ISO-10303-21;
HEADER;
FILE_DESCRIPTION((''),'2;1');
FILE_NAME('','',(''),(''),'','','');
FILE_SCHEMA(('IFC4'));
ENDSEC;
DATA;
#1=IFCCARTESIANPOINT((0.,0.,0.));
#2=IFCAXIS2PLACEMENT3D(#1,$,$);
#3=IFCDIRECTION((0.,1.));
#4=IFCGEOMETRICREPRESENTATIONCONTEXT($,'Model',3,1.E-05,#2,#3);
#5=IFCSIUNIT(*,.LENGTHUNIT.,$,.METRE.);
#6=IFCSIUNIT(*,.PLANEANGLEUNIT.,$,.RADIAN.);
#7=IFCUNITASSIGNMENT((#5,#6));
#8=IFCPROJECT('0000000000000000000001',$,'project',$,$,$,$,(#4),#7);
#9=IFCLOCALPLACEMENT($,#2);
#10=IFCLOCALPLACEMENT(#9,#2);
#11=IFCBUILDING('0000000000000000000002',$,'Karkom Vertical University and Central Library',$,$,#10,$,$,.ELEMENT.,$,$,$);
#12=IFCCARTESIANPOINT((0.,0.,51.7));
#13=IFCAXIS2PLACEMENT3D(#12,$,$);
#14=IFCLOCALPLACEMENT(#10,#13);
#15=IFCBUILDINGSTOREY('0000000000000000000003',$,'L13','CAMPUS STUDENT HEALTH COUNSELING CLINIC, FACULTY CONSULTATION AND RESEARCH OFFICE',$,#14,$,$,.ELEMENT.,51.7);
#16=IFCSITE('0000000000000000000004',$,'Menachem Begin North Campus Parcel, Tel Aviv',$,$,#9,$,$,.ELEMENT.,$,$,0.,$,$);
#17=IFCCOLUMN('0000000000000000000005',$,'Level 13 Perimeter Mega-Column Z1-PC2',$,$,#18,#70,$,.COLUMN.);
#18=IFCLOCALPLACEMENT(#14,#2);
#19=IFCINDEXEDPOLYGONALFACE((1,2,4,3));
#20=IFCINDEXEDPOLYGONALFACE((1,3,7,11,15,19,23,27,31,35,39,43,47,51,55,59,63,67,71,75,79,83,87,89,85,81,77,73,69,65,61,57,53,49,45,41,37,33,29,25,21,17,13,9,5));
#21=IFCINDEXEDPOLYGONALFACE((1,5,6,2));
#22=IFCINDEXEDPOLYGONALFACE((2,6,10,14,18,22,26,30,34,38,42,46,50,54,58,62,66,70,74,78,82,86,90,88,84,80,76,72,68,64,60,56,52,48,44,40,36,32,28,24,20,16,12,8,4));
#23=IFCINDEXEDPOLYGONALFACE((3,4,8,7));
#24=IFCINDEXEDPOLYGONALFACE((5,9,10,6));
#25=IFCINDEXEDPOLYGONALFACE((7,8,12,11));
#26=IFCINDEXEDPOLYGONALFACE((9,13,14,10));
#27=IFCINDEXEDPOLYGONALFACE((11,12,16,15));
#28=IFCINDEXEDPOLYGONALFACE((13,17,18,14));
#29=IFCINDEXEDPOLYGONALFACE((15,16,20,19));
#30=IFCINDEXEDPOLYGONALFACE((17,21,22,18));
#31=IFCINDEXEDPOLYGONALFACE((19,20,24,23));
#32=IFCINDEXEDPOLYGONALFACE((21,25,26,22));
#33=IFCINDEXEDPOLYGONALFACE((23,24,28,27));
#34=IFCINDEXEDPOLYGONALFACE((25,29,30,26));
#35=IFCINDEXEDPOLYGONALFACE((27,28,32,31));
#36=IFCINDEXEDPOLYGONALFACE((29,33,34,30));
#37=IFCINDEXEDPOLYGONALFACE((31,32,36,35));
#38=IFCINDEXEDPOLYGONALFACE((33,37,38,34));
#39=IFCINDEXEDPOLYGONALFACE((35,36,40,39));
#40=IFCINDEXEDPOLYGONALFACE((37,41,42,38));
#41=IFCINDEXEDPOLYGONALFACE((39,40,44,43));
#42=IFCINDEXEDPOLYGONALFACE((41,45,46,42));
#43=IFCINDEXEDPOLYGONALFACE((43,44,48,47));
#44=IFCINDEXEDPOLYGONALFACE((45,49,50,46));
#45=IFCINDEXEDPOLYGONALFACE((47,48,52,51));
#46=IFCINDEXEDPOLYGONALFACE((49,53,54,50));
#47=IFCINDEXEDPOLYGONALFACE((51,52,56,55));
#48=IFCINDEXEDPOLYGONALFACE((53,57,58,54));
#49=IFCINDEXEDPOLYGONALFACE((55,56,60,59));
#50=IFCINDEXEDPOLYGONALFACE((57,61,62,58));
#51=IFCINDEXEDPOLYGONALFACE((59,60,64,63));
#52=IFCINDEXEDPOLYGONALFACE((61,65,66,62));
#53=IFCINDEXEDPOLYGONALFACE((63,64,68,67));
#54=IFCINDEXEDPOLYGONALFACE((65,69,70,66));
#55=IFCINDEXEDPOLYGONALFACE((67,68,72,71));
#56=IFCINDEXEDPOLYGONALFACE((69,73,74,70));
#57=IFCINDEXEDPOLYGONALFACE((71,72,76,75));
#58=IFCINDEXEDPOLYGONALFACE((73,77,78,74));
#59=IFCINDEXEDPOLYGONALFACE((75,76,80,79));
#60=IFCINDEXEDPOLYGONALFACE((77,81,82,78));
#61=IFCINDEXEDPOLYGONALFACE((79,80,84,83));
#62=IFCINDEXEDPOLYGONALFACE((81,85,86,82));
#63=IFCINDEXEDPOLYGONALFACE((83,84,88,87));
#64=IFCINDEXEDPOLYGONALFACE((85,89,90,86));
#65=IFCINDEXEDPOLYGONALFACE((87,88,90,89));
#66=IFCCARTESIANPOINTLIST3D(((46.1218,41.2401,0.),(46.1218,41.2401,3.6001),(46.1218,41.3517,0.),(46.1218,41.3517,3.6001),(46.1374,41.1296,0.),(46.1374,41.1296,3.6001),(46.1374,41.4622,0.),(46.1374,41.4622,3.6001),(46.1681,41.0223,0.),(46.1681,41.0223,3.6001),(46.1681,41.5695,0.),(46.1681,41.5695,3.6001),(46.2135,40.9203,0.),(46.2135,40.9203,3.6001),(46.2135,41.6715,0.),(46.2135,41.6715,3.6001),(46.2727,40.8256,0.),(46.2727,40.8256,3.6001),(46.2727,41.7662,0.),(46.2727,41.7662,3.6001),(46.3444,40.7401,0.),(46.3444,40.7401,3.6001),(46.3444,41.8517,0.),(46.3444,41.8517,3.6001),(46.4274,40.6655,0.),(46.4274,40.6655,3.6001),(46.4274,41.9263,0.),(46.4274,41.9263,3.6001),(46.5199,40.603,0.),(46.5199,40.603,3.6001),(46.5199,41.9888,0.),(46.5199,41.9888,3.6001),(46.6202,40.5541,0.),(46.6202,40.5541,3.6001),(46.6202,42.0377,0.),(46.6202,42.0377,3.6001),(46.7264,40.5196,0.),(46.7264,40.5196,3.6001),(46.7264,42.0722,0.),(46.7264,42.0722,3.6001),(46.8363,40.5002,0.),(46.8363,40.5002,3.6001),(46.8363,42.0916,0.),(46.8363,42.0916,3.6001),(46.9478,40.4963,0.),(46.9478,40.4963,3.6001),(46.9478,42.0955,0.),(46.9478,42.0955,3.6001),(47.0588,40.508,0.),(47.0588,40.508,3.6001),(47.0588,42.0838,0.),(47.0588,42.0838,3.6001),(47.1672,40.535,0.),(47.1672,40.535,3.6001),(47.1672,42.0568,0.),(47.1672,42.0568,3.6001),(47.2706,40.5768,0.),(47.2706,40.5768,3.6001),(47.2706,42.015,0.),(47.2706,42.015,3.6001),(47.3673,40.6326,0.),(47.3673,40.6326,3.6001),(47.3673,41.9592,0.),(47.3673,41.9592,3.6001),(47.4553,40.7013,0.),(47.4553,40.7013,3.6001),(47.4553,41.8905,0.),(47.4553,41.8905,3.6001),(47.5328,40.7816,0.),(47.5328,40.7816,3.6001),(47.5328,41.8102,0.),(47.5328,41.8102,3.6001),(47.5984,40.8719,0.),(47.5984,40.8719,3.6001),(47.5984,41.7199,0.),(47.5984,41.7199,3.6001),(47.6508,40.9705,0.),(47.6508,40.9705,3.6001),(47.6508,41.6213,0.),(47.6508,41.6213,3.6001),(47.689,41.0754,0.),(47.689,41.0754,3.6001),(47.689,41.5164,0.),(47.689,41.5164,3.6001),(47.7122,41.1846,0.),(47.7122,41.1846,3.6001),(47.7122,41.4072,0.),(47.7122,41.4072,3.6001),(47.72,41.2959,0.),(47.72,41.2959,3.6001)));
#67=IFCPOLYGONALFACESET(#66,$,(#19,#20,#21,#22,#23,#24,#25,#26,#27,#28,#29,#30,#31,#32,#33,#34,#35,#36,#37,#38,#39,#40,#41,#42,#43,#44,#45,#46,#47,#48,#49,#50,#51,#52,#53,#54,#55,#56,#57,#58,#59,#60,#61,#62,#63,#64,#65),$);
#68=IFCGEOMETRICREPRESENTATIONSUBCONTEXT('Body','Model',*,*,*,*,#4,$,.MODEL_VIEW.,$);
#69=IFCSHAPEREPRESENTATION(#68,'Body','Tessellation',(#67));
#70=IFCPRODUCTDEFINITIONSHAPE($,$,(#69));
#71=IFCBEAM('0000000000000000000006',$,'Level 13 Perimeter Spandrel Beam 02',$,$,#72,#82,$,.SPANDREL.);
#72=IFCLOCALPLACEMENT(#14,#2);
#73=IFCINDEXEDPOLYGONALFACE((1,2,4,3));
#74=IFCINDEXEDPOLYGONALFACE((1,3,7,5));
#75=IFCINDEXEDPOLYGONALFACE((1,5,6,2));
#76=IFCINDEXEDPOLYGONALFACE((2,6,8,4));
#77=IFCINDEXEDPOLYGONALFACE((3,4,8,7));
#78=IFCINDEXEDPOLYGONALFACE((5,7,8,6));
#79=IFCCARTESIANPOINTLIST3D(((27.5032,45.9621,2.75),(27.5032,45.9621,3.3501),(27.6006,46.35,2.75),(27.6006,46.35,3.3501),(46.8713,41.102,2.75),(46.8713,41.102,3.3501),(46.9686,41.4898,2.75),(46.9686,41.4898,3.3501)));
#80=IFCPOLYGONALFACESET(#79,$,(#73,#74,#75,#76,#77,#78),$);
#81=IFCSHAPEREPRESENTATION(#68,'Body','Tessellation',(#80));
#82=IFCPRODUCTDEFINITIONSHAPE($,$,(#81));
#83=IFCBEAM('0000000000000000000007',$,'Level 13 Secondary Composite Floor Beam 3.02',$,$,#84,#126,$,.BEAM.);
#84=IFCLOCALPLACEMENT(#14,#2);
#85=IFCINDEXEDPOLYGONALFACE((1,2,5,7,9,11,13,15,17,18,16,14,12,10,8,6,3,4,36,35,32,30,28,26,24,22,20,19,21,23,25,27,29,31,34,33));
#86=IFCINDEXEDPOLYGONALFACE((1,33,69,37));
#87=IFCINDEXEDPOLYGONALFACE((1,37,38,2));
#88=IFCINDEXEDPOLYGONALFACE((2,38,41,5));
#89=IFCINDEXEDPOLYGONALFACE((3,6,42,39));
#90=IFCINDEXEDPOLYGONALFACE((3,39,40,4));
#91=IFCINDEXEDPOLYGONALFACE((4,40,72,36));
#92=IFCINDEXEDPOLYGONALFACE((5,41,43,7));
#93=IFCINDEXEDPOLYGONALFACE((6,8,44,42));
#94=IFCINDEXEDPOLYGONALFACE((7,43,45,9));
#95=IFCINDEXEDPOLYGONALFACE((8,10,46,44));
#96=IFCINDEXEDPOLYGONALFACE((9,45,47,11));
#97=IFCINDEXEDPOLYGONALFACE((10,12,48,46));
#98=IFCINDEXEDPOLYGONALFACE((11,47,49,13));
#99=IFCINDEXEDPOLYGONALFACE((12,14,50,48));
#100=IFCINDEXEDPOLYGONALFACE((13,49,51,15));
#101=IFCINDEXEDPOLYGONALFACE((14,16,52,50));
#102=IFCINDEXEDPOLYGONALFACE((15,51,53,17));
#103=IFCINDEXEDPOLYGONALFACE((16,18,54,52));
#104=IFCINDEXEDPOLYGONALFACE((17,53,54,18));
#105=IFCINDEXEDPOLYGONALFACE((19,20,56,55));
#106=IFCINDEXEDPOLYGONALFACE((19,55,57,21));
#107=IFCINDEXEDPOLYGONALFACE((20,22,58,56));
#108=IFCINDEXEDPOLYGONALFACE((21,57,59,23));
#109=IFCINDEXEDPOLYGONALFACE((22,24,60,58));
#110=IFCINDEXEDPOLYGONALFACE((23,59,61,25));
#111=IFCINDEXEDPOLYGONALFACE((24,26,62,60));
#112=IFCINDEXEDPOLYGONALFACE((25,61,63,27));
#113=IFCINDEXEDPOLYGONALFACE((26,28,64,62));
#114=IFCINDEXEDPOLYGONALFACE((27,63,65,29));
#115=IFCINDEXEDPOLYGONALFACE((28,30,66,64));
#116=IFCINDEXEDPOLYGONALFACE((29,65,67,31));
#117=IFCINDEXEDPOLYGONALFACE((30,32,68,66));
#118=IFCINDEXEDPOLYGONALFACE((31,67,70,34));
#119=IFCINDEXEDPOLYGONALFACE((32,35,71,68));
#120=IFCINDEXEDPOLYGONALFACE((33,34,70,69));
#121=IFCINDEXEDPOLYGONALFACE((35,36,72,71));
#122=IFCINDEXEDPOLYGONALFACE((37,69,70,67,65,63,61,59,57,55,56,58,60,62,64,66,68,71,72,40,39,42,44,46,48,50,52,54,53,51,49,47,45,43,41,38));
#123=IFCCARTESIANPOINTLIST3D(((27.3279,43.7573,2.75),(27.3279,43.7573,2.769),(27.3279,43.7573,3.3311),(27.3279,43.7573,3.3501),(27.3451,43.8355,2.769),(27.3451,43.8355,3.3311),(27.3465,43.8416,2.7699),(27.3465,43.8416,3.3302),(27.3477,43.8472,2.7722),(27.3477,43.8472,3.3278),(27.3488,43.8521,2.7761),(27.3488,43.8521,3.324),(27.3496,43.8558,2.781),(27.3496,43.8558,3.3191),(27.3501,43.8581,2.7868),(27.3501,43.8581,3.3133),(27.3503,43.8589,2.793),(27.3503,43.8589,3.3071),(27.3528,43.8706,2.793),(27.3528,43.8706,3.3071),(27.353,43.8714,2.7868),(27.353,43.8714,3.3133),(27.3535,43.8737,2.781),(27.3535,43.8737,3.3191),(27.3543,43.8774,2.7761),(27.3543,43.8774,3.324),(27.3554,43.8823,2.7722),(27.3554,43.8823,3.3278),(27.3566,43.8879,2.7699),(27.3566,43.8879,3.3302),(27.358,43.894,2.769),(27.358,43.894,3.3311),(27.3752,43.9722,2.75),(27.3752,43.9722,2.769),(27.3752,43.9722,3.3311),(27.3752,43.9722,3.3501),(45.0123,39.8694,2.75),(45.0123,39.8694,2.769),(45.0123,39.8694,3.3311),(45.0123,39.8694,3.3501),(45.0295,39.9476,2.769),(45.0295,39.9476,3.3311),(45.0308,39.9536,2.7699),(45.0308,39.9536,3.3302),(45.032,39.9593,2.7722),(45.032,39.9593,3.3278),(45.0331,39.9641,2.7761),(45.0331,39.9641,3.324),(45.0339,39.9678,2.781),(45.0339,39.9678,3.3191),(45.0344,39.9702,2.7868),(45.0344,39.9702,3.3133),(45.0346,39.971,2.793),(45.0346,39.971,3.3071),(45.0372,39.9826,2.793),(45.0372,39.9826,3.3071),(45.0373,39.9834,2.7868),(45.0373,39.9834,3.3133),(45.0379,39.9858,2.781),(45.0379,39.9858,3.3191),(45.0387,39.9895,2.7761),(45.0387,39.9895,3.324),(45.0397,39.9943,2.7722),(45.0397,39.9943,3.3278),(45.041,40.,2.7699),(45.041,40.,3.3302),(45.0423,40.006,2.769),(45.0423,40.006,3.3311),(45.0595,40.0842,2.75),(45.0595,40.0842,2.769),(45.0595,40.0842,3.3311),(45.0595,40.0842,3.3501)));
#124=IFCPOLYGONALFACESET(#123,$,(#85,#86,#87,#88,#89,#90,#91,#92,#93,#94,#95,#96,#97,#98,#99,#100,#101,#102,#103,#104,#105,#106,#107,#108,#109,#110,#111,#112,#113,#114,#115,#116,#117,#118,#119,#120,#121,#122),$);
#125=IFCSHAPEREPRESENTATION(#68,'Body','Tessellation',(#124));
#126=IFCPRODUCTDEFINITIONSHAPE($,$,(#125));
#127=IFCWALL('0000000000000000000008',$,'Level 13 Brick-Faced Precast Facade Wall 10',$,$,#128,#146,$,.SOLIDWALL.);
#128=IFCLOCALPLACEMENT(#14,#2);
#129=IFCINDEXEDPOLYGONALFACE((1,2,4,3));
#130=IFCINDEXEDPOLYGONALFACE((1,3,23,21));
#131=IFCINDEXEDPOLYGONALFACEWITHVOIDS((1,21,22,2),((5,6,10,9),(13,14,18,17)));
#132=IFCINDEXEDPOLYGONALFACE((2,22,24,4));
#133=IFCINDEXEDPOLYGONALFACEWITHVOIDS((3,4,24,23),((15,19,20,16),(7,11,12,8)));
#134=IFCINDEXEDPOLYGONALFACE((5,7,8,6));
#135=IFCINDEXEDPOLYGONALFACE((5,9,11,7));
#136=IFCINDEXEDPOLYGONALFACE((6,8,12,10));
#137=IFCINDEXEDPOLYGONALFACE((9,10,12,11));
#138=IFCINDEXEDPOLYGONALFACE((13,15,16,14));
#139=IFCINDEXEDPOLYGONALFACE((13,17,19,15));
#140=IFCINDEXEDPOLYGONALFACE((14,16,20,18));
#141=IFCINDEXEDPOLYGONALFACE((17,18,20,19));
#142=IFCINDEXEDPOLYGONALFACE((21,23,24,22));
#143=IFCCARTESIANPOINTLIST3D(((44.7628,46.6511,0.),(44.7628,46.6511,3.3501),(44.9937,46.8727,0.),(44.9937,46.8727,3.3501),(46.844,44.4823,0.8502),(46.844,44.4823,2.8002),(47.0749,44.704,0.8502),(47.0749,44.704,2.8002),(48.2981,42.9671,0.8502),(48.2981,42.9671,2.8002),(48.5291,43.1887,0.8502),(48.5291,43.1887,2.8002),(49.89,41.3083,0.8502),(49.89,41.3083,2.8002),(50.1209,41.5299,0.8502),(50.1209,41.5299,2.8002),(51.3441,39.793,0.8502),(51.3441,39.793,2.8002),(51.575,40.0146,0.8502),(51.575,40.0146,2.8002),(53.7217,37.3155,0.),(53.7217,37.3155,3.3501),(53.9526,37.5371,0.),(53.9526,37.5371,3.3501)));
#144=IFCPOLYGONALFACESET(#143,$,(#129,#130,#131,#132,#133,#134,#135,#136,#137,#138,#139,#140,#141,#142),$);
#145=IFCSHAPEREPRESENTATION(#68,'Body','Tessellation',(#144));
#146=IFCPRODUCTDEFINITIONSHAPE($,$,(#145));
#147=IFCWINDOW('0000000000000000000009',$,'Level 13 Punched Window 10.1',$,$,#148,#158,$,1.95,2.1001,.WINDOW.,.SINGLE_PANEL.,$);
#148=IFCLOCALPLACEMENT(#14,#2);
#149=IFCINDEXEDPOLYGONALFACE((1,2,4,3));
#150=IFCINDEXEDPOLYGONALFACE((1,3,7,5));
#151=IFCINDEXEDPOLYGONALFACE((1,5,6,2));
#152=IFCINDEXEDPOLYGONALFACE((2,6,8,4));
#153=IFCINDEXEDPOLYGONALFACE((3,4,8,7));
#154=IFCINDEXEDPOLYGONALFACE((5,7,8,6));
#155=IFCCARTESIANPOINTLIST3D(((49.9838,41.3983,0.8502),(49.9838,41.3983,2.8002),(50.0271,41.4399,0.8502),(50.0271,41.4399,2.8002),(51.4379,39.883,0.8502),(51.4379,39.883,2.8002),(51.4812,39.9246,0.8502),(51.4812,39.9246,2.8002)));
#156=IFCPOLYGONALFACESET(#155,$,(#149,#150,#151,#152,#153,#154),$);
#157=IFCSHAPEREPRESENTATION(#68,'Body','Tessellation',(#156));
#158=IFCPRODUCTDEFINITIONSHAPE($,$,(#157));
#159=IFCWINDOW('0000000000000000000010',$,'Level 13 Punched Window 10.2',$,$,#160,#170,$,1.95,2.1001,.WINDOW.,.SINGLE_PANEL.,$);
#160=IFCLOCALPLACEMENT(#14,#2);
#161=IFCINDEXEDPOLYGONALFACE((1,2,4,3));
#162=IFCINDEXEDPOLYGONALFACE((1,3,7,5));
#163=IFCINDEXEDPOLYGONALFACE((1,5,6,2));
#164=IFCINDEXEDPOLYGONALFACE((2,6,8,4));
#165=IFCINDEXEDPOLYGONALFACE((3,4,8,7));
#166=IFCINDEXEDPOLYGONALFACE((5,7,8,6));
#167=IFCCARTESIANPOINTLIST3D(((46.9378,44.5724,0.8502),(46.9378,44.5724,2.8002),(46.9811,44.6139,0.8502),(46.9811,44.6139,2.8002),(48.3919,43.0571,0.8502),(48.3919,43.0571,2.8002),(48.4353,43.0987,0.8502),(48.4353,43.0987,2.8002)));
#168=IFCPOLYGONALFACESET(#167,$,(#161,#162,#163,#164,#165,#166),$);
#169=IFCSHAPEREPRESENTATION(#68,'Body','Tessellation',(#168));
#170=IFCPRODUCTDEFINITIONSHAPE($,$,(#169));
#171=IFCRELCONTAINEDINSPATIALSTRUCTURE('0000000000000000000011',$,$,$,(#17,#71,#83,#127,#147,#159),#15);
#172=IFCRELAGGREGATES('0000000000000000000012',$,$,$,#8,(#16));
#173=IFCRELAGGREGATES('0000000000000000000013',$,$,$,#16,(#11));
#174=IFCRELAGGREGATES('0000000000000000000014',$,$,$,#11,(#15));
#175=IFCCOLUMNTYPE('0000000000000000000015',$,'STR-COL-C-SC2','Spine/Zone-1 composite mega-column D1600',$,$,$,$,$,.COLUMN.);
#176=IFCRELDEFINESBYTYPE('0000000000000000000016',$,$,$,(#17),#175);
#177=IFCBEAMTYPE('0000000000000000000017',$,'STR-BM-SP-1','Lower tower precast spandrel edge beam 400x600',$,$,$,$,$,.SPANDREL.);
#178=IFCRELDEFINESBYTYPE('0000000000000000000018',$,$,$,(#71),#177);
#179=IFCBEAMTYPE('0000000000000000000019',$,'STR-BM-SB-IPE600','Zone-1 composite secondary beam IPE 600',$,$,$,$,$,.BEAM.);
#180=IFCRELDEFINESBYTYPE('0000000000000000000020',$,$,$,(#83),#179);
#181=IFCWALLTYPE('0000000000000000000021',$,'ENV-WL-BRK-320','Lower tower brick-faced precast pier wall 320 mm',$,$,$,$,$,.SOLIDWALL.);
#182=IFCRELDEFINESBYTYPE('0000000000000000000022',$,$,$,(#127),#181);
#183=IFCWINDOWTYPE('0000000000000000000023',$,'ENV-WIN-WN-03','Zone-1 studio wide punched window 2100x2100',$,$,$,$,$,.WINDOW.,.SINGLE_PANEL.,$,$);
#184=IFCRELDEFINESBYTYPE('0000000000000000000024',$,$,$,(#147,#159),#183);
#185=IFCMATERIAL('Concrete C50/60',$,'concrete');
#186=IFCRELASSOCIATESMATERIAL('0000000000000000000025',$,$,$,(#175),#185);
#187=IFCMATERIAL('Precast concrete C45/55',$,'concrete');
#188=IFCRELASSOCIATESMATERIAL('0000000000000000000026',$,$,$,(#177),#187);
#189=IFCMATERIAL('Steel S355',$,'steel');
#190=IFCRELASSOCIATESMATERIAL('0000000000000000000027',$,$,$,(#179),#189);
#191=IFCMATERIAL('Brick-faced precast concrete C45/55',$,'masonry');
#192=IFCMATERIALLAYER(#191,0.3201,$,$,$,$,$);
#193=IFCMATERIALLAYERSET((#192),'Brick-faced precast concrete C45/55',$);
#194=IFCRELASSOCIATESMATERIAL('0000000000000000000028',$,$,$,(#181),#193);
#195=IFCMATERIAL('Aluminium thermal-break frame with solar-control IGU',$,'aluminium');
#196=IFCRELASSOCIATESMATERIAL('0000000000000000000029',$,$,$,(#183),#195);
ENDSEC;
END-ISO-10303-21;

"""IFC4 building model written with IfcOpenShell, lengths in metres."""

from ifc_helpers import new_model, si_unit, direction, frame, frame_2d, origin, origin_with_axes, origin_2d, place, context, subcontext, project, spatial, rectangle, circle, i_section, extrude, source, transform, mapped, material, layer, layer_set, material_profile, profile_set, type_object, element, fill, save


model = new_model("IFC4")

# Units and contexts
model_context = context("Model", 3, precision=1e-05, world=origin(), true_north=direction((0.0, 1.0)))
body_context = subcontext(model_context, "Body", "Model", "MODEL_VIEW")
ifc_project = project(units=[si_unit("LENGTHUNIT", "METRE"), si_unit("PLANEANGLEUNIT", "RADIAN")], contexts=[model_context])

# Site, building, storey
site_placement = place(None, origin())
site = spatial("IfcSite", under=ifc_project, at=site_placement, Name="Menachem Begin North Campus Parcel, Tel Aviv", CompositionType="ELEMENT", RefElevation=0.0)
building_placement = place(site_placement, origin())
building = spatial("IfcBuilding", under=site, at=building_placement, Name="Karkom Vertical University and Central Library", CompositionType="ELEMENT")
storey_placement = place(building_placement, frame((0.0, 0.0, 51.7)))
storey = spatial("IfcBuildingStorey", under=building, at=storey_placement, Name="L13", Description="CAMPUS STUDENT HEALTH COUNSELING CLINIC, FACULTY CONSULTATION AND RESEARCH OFFICE", CompositionType="ELEMENT", Elevation=51.7)

# Column
ifc_material_1 = material(Name="Concrete C50/60", Category="concrete")
ifc_material_profile_1 = material_profile(ifc_material_1, circle(Radius=0.8, at=origin_2d()), Name="CFT-D1600")
ifc_profile_set_1 = profile_set([ifc_material_profile_1], Name="Concrete C50/60")
column_type = type_object("IfcColumnType", Name="STR-COL-C-SC2", Description="Spine/Zone-1 composite mega-column D1600", PredefinedType="COLUMN", material=ifc_profile_set_1)
shared_shape_1 = source(origin_with_axes(), body_context, "Body", "SweptSolid", [
    extrude(circle(Radius=0.8, at=origin_2d()), origin(), (0.0, 0.0, 1.0), 3.6001),
])
column_placement = place(storey_placement, frame((46.9199, 41.2959, 0.0), z_axis=(0.0, 0.0, 1.0), x_axis=(1.0, 0.0, 0.0)))
element("IfcColumn", 1, at=column_placement, inside=storey, type_object=column_type, Name="Level 13 Perimeter Mega-Column Z1-PC2", PredefinedType="COLUMN", context=body_context, shape_type="MappedRepresentation", body=[
    mapped(shared_shape_1, transform((0.0, 0.0, 0.0), scale=1.0)),
])

# Beams
ifc_material_2 = material(Name="Precast concrete C45/55", Category="concrete")
ifc_material_profile_2 = material_profile(ifc_material_2, rectangle(XDim=0.3999, YDim=0.6001, at=origin_2d()), Name="SPB-400x600")
ifc_profile_set_2 = profile_set([ifc_material_profile_2], Name="Precast concrete C45/55")
beam_type_1 = type_object("IfcBeamType", Name="STR-BM-SP-1", Description="Lower tower precast spandrel edge beam 400x600", PredefinedType="SPANDREL", material=ifc_profile_set_2)
shared_shape_2 = source(origin_with_axes(), body_context, "Body", "SweptSolid", [
    extrude(rectangle(XDim=0.3999, YDim=0.6001, at=origin_2d()), origin(), (0.0, 0.0, 1.0), 19.9685),
])
beam_1_placement = place(storey_placement, frame((46.9199, 41.2959, 3.05), z_axis=(-0.969929, 0.24339, 0.0), x_axis=(-0.24339, -0.969929, 0.0)))
element("IfcBeam", 2, at=beam_1_placement, inside=storey, type_object=beam_type_1, Name="Level 13 Perimeter Spandrel Beam 02", PredefinedType="SPANDREL", context=body_context, shape_type="MappedRepresentation", body=[
    mapped(shared_shape_2, transform((0.0, 0.0, 0.0), scale=1.0)),
])
ifc_material_3 = material(Name="Steel S355", Category="steel")
ifc_material_profile_3 = material_profile(ifc_material_3, i_section(OverallWidth=0.22, OverallDepth=0.6001, WebThickness=0.012, FlangeThickness=0.019, FilletRadius=0.0239, at=origin_2d()), Name="IPE 600")
ifc_profile_set_3 = profile_set([ifc_material_profile_3], Name="Steel S355")
beam_type_2 = type_object("IfcBeamType", Name="STR-BM-SB-IPE600", Description="Zone-1 composite secondary beam IPE 600", PredefinedType="BEAM", material=ifc_profile_set_3)
shared_shape_3 = source(origin_with_axes(), body_context, "Body", "SweptSolid", [
    extrude(i_section(OverallWidth=0.22, OverallDepth=0.6001, WebThickness=0.012, FlangeThickness=0.019, FilletRadius=0.0239, at=origin_2d()), origin(), (0.0, 0.0, 1.0), 18.1067),
])
beam_2_placement = place(storey_placement, frame((45.0359, 39.9768, 3.05), z_axis=(-0.976675, 0.214724, 0.0), x_axis=(-0.214724, -0.976675, 0.0)))
element("IfcBeam", 3, at=beam_2_placement, inside=storey, type_object=beam_type_2, Name="Level 13 Secondary Composite Floor Beam 3.02", PredefinedType="BEAM", context=body_context, shape_type="MappedRepresentation", body=[
    mapped(shared_shape_3, transform((0.0, 0.0, 0.0), scale=1.0)),
])

# Wall, openings, windows
ifc_material_4 = material(Name="Brick-faced precast concrete C45/55", Category="masonry")
ifc_layer_1 = layer(ifc_material_4, 0.3201)
ifc_layer_set_1 = layer_set([ifc_layer_1], Name="Brick-faced precast concrete C45/55")
wall_type_1 = type_object("IfcWallType", Name="ENV-WL-BRK-320", Description="Lower tower brick-faced precast pier wall 320 mm", PredefinedType="SOLIDWALL", material=ifc_layer_set_1)
wall_1_placement = place(storey_placement, frame((53.8372, 37.4263, 0.0), z_axis=(0.0, 0.0, 1.0), x_axis=(-0.6924, 0.721514, 0.0)))
wall_1 = element("IfcWall", 4, at=wall_1_placement, inside=storey, type_object=wall_type_1, Name="Level 13 Brick-Faced Precast Facade Wall 10", PredefinedType="SOLIDWALL", context=body_context, shape_type="SweptSolid", body=[
    extrude(rectangle(XDim=12.939, YDim=0.3201, at=frame_2d((6.4695, 0.0))), origin(), (0.0, 0.0, 1.0), 3.3501),
])
opening_1_placement = place(wall_1_placement, frame((3.4338, 0.0, 0.8501)))
opening_1 = element("IfcOpeningElement", 5, at=opening_1_placement, cuts=wall_1, PredefinedType="OPENING", context=body_context, shape_type="SweptSolid", body=[
    extrude(rectangle(XDim=2.1001, YDim=1.95, at=frame_2d((1.05, 0.9751))), frame((0.0, 0.1699, 0.0), z_axis=(0.0, -1.0, 0.0), x_axis=(1.0, 0.0, 0.0)), (0.0, 0.0, 1.0), 0.3401),
])
opening_2_placement = place(wall_1_placement, frame((7.833, 0.0, 0.8501)))
opening_2 = element("IfcOpeningElement", 6, at=opening_2_placement, cuts=wall_1, PredefinedType="OPENING", context=body_context, shape_type="SweptSolid", body=[
    extrude(rectangle(XDim=2.1001, YDim=1.95, at=frame_2d((1.05, 0.9751))), frame((0.0, 0.1699, 0.0), z_axis=(0.0, -1.0, 0.0), x_axis=(1.0, 0.0, 0.0)), (0.0, 0.0, 1.0), 0.3401),
])
ifc_material_5 = material(Name="Aluminium thermal-break frame with solar-control IGU", Category="aluminium")
window_type = type_object("IfcWindowType", Name="ENV-WIN-WN-03", Description="Zone-1 studio wide punched window 2100x2100", PartitioningType="SINGLE_PANEL", PredefinedType="WINDOW", material=ifc_material_5)
shared_shape_4 = source(origin_with_axes(), body_context, "Body", "SweptSolid", [
    extrude(rectangle(XDim=2.1001, YDim=1.95, at=frame_2d((1.05, 0.9751))), frame((0.0, 0.03, 0.0), z_axis=(0.0, -1.0, 0.0), x_axis=(1.0, 0.0, 0.0)), (0.0, 0.0, 1.0), 0.0601),
])
window_1_placement = place(opening_1_placement, origin())
window_1 = element("IfcWindow", 7, at=window_1_placement, inside=storey, type_object=window_type, Name="Level 13 Punched Window 10.1", OverallHeight=1.95, OverallWidth=2.1001, PartitioningType="SINGLE_PANEL", PredefinedType="WINDOW", context=body_context, shape_type="MappedRepresentation", body=[
    mapped(shared_shape_4, transform((0.0, 0.0, 0.0), scale=1.0)),
])
fill(opening_1, window_1)
window_2_placement = place(opening_2_placement, origin())
window_2 = element("IfcWindow", 8, at=window_2_placement, inside=storey, type_object=window_type, Name="Level 13 Punched Window 10.2", OverallHeight=1.95, OverallWidth=2.1001, PartitioningType="SINGLE_PANEL", PredefinedType="WINDOW", context=body_context, shape_type="MappedRepresentation", body=[
    mapped(shared_shape_4, transform((0.0, 0.0, 0.0), scale=1.0)),
])
fill(opening_2, window_2)

save(model, "model.ifc")
